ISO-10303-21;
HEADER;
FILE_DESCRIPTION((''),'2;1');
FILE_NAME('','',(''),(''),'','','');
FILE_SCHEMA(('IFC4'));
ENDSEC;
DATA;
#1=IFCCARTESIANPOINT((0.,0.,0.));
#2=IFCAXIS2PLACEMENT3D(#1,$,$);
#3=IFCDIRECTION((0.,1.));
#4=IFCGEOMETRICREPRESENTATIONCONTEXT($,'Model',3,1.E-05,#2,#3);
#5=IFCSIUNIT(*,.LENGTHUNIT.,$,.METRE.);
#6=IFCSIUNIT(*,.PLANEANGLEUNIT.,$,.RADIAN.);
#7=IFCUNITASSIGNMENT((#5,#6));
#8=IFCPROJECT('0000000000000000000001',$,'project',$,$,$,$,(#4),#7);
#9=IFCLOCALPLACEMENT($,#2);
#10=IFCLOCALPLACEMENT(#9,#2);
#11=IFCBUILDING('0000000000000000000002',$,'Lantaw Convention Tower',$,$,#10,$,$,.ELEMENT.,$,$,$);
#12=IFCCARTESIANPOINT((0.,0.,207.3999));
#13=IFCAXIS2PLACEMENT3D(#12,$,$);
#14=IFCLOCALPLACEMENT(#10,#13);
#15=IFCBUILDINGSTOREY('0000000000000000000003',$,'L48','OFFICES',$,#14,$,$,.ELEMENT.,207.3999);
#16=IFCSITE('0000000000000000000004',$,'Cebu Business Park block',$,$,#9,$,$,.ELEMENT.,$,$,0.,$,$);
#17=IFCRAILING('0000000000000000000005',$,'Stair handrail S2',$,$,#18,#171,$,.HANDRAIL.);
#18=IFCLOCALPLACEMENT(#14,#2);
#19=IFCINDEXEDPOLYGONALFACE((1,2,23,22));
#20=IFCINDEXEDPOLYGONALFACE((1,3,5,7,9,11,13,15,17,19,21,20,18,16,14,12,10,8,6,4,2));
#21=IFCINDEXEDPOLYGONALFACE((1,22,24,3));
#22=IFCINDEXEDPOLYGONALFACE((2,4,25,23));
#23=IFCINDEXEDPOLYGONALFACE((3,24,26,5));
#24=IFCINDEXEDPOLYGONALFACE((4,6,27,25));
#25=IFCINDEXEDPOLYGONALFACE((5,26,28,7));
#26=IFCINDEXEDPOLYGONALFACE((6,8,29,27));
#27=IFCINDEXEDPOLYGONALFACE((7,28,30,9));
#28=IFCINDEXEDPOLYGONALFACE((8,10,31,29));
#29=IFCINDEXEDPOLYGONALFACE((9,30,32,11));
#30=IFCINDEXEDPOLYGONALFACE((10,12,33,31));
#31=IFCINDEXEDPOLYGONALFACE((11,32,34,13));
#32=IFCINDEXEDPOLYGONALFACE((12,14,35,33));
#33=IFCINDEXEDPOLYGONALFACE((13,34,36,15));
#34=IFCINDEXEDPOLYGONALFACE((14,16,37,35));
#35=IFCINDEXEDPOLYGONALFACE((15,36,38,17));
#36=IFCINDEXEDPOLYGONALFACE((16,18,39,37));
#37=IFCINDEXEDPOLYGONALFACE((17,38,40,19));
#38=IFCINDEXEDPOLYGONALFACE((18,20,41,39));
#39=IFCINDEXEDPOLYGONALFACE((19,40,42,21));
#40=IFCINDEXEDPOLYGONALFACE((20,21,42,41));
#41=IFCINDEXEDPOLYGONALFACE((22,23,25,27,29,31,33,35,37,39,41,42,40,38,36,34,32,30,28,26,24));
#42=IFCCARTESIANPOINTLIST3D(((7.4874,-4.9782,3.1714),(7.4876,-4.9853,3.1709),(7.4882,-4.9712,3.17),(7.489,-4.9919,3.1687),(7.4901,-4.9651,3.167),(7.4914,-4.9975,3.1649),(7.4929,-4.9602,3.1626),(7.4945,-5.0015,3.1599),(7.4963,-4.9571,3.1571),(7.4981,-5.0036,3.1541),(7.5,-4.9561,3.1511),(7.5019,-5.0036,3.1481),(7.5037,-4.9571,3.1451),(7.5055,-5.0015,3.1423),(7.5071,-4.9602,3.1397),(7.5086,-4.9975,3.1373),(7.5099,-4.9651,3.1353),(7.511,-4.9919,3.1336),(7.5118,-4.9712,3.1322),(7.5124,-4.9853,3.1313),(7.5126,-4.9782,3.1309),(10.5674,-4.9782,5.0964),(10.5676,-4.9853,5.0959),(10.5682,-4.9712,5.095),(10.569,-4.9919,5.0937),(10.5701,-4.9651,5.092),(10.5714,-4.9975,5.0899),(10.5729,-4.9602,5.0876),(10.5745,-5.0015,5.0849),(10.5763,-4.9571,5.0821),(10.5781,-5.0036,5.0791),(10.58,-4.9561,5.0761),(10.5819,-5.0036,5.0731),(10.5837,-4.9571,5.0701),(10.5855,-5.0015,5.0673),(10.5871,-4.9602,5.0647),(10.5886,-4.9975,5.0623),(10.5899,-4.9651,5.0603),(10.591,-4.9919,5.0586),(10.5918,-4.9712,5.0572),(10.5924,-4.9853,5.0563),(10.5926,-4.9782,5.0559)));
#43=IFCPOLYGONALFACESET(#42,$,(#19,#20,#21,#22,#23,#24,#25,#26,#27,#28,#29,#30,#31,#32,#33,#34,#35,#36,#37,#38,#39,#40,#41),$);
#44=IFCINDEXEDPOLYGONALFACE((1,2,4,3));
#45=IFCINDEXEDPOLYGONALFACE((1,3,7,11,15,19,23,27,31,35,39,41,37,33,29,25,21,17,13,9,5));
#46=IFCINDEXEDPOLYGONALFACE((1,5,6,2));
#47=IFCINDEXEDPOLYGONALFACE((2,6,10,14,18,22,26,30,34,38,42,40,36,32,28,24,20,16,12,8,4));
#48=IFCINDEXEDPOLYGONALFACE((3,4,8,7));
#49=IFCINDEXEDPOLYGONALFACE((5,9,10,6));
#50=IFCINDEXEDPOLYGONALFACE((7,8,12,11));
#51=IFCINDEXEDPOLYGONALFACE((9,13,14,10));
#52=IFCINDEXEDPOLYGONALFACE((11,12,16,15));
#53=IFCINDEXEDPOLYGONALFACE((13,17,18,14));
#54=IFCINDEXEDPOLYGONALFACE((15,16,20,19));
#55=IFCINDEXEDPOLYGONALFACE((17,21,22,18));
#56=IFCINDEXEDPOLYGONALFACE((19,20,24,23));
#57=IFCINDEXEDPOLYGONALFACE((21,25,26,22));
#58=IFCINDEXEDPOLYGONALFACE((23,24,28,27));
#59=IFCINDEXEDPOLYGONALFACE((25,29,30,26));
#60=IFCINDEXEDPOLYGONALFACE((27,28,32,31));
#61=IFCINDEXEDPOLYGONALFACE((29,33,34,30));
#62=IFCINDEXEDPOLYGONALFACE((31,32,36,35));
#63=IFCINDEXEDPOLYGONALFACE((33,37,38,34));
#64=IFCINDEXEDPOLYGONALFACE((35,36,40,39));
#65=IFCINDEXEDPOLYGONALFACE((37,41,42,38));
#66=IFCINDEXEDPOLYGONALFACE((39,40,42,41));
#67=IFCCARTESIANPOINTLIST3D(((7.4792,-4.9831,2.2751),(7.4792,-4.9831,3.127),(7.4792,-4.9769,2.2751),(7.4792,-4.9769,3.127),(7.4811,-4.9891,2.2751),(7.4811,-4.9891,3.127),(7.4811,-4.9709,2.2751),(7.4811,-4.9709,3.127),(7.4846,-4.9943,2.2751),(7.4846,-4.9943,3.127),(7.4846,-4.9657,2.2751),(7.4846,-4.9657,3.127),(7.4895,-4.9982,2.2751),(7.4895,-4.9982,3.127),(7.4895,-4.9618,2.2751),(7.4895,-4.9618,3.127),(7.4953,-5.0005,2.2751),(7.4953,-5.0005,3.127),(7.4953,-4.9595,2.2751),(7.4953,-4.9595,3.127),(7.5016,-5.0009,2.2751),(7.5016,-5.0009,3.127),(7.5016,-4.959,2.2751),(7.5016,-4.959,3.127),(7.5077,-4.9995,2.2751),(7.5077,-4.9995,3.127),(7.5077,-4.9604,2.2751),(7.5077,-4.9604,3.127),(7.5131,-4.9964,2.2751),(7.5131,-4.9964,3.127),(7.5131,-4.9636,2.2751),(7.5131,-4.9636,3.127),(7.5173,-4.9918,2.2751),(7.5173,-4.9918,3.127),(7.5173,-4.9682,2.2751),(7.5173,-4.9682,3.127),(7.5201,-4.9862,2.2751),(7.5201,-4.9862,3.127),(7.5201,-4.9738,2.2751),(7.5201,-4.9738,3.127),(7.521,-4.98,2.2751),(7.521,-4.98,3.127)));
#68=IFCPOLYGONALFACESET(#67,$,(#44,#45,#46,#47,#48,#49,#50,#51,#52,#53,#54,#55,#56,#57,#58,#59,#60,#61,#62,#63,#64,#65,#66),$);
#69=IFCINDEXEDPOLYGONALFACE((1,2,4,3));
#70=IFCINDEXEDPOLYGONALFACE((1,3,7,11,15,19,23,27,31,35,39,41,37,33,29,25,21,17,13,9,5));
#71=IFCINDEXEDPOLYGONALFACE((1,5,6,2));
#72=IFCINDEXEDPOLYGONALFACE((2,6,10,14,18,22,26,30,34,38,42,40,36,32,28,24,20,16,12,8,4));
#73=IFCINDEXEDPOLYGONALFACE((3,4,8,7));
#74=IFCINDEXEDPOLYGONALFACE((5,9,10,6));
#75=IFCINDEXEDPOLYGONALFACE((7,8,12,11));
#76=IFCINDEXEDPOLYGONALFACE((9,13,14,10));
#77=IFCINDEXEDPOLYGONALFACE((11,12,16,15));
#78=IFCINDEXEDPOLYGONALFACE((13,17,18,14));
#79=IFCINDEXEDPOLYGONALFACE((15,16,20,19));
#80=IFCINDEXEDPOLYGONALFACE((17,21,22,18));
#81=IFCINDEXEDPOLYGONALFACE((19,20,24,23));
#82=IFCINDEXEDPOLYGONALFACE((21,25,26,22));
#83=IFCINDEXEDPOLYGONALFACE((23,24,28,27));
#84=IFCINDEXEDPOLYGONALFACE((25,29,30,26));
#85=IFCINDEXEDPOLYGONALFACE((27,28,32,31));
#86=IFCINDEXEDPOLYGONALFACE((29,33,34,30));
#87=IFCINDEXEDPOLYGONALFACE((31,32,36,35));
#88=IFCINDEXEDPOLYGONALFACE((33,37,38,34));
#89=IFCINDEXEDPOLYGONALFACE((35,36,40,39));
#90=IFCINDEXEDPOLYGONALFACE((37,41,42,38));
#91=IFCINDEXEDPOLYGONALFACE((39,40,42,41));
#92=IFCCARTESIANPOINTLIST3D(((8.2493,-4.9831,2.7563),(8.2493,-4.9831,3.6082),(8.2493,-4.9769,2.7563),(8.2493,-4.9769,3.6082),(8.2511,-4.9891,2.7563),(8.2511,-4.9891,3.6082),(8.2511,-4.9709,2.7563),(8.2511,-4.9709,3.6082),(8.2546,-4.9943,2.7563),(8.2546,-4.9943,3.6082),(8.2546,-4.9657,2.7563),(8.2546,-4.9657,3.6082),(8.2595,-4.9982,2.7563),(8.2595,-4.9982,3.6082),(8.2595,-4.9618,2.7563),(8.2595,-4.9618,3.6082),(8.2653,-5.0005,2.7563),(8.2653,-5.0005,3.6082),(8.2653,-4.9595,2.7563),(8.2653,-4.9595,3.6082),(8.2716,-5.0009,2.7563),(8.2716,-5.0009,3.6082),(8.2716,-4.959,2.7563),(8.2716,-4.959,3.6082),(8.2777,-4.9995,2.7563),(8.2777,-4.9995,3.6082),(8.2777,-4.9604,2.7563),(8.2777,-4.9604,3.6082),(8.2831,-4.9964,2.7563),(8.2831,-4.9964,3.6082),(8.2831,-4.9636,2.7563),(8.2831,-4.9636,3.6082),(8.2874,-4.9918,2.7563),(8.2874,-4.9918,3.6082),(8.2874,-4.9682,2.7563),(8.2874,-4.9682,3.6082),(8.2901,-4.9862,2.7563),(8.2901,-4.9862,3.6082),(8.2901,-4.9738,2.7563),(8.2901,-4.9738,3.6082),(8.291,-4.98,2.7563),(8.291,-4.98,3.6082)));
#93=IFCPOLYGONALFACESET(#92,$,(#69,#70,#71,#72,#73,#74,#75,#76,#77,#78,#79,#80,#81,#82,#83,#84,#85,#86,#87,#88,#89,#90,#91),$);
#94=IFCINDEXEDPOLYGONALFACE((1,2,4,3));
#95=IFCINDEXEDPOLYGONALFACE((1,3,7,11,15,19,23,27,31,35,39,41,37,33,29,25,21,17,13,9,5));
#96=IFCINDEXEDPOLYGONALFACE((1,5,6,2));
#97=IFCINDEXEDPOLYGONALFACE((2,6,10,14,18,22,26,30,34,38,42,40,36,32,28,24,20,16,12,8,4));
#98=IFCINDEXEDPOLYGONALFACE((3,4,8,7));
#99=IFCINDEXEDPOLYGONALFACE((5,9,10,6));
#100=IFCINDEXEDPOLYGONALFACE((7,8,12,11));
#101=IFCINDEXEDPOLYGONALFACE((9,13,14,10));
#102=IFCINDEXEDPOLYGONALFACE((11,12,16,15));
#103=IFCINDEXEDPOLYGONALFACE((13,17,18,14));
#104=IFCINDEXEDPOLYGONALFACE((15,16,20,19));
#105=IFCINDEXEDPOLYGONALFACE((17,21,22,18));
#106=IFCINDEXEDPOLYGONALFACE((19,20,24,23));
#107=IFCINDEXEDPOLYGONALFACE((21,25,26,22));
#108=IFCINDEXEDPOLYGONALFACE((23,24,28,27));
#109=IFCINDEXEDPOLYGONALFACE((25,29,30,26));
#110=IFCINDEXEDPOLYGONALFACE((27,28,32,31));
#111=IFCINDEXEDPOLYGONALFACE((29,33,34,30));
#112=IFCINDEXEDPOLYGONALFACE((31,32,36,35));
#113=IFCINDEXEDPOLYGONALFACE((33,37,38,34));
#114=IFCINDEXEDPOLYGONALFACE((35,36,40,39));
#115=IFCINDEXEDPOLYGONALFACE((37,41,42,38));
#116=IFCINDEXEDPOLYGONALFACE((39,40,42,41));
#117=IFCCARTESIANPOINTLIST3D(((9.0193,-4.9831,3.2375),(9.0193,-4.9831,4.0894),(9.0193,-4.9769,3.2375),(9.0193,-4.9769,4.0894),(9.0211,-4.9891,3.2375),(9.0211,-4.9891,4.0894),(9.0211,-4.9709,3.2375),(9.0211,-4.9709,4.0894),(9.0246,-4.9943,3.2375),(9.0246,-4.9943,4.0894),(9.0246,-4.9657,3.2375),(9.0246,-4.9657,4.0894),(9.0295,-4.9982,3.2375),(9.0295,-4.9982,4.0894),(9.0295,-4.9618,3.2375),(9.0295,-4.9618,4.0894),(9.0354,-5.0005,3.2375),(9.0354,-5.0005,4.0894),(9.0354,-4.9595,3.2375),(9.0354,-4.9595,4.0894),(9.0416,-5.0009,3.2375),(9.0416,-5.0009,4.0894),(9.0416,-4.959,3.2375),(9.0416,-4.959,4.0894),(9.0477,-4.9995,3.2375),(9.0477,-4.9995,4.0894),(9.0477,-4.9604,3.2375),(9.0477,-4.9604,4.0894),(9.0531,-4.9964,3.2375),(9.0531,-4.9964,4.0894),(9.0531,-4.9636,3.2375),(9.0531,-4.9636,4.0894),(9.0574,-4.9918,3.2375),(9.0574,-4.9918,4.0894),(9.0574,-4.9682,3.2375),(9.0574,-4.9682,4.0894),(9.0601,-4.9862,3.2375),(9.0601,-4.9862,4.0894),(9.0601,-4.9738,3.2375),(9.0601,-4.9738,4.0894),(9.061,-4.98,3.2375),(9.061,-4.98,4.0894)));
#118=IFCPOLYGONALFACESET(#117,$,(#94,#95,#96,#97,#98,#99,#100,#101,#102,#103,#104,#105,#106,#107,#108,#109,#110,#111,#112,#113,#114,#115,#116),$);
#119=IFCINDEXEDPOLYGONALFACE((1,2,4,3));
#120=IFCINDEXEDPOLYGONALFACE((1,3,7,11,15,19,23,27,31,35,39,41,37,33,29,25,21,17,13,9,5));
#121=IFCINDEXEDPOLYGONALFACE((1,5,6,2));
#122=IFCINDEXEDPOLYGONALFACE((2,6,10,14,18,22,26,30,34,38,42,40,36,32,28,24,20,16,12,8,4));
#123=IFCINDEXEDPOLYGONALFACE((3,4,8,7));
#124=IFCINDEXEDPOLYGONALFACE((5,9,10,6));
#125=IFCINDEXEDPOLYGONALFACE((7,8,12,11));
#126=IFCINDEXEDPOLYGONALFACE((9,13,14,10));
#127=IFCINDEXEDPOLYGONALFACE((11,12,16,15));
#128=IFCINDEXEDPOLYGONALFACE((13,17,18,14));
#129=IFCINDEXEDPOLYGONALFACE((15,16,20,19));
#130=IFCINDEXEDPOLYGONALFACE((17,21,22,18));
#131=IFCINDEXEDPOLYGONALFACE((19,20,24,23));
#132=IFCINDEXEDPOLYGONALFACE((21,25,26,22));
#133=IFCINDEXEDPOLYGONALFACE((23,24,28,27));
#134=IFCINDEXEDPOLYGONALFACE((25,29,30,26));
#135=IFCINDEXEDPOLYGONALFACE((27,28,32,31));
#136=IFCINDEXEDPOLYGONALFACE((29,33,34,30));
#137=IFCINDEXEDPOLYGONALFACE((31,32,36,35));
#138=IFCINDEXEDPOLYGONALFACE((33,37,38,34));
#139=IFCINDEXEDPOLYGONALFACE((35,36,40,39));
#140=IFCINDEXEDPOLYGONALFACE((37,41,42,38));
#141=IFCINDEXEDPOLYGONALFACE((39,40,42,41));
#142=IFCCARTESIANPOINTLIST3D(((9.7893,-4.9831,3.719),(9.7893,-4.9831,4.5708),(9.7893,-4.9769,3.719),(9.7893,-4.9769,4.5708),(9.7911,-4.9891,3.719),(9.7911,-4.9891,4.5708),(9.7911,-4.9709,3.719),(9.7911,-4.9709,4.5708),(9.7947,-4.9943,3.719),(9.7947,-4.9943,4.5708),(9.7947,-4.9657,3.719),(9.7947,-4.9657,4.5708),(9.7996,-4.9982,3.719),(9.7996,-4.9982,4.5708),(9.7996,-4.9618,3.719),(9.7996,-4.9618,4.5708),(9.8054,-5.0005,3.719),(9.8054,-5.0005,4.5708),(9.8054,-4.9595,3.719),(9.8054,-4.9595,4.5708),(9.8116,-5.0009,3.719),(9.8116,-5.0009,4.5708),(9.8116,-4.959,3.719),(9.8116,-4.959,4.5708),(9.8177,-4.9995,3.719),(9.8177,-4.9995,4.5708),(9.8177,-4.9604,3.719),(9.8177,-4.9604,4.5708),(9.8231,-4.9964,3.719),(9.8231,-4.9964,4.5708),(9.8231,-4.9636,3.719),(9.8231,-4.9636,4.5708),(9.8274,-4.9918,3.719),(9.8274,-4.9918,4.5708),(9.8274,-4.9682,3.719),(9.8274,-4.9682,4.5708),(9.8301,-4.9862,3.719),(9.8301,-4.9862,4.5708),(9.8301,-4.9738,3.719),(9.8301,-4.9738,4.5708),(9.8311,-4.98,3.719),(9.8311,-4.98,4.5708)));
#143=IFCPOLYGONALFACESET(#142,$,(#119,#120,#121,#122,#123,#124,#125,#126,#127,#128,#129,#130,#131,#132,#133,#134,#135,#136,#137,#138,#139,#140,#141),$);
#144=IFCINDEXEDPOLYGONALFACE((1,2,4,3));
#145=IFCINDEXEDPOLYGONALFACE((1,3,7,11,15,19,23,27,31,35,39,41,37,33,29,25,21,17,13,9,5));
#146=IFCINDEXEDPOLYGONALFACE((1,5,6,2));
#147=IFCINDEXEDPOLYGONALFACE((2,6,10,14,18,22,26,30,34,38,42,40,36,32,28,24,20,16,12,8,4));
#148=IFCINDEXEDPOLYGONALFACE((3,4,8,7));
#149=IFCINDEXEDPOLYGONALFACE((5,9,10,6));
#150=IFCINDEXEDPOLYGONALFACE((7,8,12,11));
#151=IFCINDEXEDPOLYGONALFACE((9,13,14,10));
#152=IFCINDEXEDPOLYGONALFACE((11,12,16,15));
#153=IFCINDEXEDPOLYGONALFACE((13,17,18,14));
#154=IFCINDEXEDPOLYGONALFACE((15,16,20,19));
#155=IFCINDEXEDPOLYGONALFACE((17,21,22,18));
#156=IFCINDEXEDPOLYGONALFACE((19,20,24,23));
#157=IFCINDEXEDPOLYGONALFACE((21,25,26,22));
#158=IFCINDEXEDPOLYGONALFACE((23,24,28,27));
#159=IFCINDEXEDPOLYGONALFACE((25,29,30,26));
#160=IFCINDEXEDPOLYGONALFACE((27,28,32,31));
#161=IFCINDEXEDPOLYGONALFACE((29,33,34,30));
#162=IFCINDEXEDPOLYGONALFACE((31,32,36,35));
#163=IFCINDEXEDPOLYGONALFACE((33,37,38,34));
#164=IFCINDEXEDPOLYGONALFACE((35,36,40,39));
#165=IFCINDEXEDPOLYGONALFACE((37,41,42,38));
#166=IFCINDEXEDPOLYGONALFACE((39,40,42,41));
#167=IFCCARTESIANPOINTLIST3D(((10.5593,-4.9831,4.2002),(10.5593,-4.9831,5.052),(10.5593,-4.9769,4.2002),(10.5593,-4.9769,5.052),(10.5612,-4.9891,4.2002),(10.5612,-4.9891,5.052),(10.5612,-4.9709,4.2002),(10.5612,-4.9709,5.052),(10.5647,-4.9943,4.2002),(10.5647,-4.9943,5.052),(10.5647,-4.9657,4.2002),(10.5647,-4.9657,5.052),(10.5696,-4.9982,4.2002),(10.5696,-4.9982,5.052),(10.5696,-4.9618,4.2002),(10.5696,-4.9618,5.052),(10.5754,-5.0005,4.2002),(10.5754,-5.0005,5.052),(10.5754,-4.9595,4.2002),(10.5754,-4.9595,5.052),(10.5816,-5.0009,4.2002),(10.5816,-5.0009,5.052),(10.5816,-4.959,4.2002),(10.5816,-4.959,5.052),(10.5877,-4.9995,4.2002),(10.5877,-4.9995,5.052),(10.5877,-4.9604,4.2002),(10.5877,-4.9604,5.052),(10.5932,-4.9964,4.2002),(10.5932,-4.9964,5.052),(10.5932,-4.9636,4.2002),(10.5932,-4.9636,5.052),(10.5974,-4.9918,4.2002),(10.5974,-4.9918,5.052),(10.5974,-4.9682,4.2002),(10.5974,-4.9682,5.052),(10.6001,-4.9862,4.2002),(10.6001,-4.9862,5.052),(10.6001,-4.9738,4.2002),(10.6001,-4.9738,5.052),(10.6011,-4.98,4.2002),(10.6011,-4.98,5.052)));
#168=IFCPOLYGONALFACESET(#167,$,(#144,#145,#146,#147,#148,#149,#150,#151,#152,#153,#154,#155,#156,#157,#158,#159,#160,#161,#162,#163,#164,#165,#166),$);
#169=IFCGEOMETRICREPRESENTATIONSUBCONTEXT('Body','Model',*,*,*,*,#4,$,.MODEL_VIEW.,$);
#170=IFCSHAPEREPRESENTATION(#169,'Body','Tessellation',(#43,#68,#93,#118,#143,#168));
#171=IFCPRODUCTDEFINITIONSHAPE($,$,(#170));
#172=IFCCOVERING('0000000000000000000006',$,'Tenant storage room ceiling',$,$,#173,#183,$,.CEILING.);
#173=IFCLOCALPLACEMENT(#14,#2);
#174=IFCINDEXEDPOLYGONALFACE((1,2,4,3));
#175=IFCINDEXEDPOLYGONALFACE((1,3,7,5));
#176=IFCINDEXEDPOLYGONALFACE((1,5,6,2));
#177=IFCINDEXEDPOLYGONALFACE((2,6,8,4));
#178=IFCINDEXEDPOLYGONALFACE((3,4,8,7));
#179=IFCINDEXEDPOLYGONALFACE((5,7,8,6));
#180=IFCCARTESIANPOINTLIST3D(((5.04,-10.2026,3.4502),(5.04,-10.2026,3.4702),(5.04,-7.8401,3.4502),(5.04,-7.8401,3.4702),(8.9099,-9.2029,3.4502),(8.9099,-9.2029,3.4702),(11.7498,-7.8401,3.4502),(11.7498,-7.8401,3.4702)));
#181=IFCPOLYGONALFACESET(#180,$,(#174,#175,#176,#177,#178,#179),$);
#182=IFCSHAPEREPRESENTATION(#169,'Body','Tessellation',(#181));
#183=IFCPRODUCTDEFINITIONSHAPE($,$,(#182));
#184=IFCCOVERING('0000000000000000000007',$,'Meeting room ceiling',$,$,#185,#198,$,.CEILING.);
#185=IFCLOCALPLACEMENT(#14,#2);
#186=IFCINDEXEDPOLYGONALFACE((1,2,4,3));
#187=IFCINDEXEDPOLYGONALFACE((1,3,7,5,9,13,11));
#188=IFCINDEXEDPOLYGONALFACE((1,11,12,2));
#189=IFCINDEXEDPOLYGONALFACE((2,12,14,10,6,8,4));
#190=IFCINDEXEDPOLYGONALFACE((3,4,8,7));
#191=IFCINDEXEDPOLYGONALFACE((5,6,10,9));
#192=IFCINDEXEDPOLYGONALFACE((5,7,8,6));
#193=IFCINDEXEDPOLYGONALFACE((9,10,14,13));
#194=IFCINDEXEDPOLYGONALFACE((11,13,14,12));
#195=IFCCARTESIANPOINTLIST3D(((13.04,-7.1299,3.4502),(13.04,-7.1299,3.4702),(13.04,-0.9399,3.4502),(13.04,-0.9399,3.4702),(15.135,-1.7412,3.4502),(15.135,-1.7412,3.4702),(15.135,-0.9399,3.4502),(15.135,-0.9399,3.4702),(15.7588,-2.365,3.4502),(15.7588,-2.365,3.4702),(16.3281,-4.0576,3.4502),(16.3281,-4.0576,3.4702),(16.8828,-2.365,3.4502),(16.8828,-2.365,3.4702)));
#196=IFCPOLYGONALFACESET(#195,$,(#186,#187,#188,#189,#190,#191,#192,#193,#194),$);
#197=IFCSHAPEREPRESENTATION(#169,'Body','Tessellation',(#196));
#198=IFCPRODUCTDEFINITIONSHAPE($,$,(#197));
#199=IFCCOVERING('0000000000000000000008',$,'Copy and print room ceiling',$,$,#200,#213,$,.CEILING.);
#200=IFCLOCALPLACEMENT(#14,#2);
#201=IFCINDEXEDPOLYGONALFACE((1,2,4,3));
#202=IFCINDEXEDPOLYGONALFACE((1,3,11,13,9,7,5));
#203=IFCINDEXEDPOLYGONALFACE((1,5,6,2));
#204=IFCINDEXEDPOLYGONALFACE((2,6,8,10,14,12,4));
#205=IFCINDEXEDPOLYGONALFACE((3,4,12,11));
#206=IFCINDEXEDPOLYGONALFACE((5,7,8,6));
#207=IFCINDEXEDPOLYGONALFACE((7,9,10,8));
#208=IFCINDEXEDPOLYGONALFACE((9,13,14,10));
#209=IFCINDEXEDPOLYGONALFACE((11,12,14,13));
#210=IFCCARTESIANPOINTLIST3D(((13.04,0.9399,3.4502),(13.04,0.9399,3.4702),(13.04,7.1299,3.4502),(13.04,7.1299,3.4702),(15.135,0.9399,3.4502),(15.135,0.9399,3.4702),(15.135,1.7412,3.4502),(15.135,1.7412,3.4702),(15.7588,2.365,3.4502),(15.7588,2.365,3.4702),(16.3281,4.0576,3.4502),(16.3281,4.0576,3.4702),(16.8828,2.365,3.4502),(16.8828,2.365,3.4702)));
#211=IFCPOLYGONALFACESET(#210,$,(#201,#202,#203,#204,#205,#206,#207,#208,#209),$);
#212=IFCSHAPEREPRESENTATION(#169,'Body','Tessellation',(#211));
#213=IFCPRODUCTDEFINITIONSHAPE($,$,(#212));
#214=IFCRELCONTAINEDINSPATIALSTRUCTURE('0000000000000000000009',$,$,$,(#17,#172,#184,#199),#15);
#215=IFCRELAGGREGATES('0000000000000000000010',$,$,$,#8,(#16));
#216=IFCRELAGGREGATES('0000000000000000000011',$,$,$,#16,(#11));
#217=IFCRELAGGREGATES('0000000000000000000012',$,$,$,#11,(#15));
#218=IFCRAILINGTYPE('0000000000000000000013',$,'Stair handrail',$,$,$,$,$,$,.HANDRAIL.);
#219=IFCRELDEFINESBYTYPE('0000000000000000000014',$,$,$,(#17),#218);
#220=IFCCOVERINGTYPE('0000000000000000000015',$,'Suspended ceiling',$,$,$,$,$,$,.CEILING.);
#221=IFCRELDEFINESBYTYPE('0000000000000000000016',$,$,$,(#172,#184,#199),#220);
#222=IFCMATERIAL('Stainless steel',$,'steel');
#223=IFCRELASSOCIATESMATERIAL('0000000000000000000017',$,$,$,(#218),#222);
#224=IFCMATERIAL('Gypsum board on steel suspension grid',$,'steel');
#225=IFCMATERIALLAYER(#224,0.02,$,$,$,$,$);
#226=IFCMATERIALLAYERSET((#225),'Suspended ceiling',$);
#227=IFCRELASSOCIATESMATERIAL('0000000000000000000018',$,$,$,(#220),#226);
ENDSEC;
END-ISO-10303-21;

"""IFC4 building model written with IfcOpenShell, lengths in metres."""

from ifc_helpers import new_model, si_unit, direction, frame, origin, origin_2d, place, context, subcontext, project, spatial, polyline, circle, outline, extrude, material, layer, layer_set, type_object, element, save


model = new_model("IFC4")

# Units and contexts
model_context = context("Model", 3, precision=1e-05, world=origin(), true_north=direction((0.0, 1.0)))
body_context = subcontext(model_context, "Body", "Model", "MODEL_VIEW")
ifc_project = project(units=[si_unit("LENGTHUNIT", "METRE"), si_unit("PLANEANGLEUNIT", "RADIAN")], contexts=[model_context])

# Site, building, storey
site_placement = place(None, origin())
site = spatial("IfcSite", under=ifc_project, at=site_placement, Name="Cebu Business Park block", CompositionType="ELEMENT", RefElevation=0.0)
building_placement = place(site_placement, origin())
building = spatial("IfcBuilding", under=site, at=building_placement, Name="Lantaw Convention Tower", CompositionType="ELEMENT")
storey_placement = place(building_placement, frame((0.0, 0.0, 207.3999)))
storey = spatial("IfcBuildingStorey", under=building, at=storey_placement, Name="L48", Description="OFFICES", CompositionType="ELEMENT", Elevation=207.3999)

# Railing
ifc_material_1 = material(Name="Stainless steel", Category="steel")
railing_type = type_object("IfcRailingType", Name="Stair handrail", PredefinedType="HANDRAIL", material=ifc_material_1)
railing_1_placement = place(storey_placement, frame((7.5, -4.98, 2.2751)))
element("IfcRailing", 1, at=railing_1_placement, inside=storey, type_object=railing_type, Name="Stair handrail S2", PredefinedType="HANDRAIL", context=body_context, shape_type="SweptSolid", body=[
    extrude(circle(Radius=0.0239, at=origin_2d()), frame((0.0, 0.0, 0.876), z_axis=(0.847998, 0.0, 0.529999), x_axis=(0.0, 1.0, 0.0)), (0.0, 0.0, 1.0), 3.6321),
    extrude(circle(Radius=0.021, at=origin_2d()), origin(), (0.0, 0.0, 1.0), 0.8518),
    extrude(circle(Radius=0.021, at=origin_2d()), frame((0.77, 0.0, 0.4812)), (0.0, 0.0, 1.0), 0.8518),
    extrude(circle(Radius=0.021, at=origin_2d()), frame((1.54, 0.0, 0.9624)), (0.0, 0.0, 1.0), 0.8518),
    extrude(circle(Radius=0.021, at=origin_2d()), frame((2.3101, 0.0, 1.4438)), (0.0, 0.0, 1.0), 0.8518),
    extrude(circle(Radius=0.021, at=origin_2d()), frame((3.0801, 0.0, 1.925)), (0.0, 0.0, 1.0), 0.8518),
])

# Coverings
ifc_material_2 = material(Name="Gypsum board on steel suspension grid", Category="steel")
ifc_layer_1 = layer(ifc_material_2, 0.02)
ifc_layer_set_1 = layer_set([ifc_layer_1], Name="Suspended ceiling")
covering_type = type_object("IfcCoveringType", Name="Suspended ceiling", PredefinedType="CEILING", material=ifc_layer_set_1)
covering_1_placement = place(storey_placement, frame((0.0, 0.0, 3.4502)))
element("IfcCovering", 2, at=covering_1_placement, inside=storey, type_object=covering_type, Name="Tenant storage room ceiling", PredefinedType="CEILING", context=body_context, shape_type="SweptSolid", body=[
    extrude(outline(polyline([(5.04, -7.8401), (5.04, -10.2026), (8.9099, -9.2029), (11.7498, -7.8401), (5.04, -7.8401)])), origin(), (0.0, 0.0, 1.0), 0.02),
])
covering_2_placement = place(storey_placement, frame((0.0, 0.0, 3.4502)))
element("IfcCovering", 3, at=covering_2_placement, inside=storey, type_object=covering_type, Name="Meeting room ceiling", PredefinedType="CEILING", context=body_context, shape_type="SweptSolid", body=[
    extrude(outline(polyline([(15.135, -0.9399), (13.04, -0.9399), (13.04, -7.1299), (16.3281, -4.0576), (16.8828, -2.365), (15.7588, -2.365), (15.135, -1.7412), (15.135, -0.9399)])), origin(), (0.0, 0.0, 1.0), 0.02),
])
covering_3_placement = place(storey_placement, frame((0.0, 0.0, 3.4502)))
element("IfcCovering", 4, at=covering_3_placement, inside=storey, type_object=covering_type, Name="Copy and print room ceiling", PredefinedType="CEILING", context=body_context, shape_type="SweptSolid", body=[
    extrude(outline(polyline([(16.3281, 4.0576), (13.04, 7.1299), (13.04, 0.9399), (15.135, 0.9399), (15.135, 1.7412), (15.7588, 2.365), (16.8828, 2.365), (16.3281, 4.0576)])), origin(), (0.0, 0.0, 1.0), 0.02),
])

save(model, "model.ifc")
